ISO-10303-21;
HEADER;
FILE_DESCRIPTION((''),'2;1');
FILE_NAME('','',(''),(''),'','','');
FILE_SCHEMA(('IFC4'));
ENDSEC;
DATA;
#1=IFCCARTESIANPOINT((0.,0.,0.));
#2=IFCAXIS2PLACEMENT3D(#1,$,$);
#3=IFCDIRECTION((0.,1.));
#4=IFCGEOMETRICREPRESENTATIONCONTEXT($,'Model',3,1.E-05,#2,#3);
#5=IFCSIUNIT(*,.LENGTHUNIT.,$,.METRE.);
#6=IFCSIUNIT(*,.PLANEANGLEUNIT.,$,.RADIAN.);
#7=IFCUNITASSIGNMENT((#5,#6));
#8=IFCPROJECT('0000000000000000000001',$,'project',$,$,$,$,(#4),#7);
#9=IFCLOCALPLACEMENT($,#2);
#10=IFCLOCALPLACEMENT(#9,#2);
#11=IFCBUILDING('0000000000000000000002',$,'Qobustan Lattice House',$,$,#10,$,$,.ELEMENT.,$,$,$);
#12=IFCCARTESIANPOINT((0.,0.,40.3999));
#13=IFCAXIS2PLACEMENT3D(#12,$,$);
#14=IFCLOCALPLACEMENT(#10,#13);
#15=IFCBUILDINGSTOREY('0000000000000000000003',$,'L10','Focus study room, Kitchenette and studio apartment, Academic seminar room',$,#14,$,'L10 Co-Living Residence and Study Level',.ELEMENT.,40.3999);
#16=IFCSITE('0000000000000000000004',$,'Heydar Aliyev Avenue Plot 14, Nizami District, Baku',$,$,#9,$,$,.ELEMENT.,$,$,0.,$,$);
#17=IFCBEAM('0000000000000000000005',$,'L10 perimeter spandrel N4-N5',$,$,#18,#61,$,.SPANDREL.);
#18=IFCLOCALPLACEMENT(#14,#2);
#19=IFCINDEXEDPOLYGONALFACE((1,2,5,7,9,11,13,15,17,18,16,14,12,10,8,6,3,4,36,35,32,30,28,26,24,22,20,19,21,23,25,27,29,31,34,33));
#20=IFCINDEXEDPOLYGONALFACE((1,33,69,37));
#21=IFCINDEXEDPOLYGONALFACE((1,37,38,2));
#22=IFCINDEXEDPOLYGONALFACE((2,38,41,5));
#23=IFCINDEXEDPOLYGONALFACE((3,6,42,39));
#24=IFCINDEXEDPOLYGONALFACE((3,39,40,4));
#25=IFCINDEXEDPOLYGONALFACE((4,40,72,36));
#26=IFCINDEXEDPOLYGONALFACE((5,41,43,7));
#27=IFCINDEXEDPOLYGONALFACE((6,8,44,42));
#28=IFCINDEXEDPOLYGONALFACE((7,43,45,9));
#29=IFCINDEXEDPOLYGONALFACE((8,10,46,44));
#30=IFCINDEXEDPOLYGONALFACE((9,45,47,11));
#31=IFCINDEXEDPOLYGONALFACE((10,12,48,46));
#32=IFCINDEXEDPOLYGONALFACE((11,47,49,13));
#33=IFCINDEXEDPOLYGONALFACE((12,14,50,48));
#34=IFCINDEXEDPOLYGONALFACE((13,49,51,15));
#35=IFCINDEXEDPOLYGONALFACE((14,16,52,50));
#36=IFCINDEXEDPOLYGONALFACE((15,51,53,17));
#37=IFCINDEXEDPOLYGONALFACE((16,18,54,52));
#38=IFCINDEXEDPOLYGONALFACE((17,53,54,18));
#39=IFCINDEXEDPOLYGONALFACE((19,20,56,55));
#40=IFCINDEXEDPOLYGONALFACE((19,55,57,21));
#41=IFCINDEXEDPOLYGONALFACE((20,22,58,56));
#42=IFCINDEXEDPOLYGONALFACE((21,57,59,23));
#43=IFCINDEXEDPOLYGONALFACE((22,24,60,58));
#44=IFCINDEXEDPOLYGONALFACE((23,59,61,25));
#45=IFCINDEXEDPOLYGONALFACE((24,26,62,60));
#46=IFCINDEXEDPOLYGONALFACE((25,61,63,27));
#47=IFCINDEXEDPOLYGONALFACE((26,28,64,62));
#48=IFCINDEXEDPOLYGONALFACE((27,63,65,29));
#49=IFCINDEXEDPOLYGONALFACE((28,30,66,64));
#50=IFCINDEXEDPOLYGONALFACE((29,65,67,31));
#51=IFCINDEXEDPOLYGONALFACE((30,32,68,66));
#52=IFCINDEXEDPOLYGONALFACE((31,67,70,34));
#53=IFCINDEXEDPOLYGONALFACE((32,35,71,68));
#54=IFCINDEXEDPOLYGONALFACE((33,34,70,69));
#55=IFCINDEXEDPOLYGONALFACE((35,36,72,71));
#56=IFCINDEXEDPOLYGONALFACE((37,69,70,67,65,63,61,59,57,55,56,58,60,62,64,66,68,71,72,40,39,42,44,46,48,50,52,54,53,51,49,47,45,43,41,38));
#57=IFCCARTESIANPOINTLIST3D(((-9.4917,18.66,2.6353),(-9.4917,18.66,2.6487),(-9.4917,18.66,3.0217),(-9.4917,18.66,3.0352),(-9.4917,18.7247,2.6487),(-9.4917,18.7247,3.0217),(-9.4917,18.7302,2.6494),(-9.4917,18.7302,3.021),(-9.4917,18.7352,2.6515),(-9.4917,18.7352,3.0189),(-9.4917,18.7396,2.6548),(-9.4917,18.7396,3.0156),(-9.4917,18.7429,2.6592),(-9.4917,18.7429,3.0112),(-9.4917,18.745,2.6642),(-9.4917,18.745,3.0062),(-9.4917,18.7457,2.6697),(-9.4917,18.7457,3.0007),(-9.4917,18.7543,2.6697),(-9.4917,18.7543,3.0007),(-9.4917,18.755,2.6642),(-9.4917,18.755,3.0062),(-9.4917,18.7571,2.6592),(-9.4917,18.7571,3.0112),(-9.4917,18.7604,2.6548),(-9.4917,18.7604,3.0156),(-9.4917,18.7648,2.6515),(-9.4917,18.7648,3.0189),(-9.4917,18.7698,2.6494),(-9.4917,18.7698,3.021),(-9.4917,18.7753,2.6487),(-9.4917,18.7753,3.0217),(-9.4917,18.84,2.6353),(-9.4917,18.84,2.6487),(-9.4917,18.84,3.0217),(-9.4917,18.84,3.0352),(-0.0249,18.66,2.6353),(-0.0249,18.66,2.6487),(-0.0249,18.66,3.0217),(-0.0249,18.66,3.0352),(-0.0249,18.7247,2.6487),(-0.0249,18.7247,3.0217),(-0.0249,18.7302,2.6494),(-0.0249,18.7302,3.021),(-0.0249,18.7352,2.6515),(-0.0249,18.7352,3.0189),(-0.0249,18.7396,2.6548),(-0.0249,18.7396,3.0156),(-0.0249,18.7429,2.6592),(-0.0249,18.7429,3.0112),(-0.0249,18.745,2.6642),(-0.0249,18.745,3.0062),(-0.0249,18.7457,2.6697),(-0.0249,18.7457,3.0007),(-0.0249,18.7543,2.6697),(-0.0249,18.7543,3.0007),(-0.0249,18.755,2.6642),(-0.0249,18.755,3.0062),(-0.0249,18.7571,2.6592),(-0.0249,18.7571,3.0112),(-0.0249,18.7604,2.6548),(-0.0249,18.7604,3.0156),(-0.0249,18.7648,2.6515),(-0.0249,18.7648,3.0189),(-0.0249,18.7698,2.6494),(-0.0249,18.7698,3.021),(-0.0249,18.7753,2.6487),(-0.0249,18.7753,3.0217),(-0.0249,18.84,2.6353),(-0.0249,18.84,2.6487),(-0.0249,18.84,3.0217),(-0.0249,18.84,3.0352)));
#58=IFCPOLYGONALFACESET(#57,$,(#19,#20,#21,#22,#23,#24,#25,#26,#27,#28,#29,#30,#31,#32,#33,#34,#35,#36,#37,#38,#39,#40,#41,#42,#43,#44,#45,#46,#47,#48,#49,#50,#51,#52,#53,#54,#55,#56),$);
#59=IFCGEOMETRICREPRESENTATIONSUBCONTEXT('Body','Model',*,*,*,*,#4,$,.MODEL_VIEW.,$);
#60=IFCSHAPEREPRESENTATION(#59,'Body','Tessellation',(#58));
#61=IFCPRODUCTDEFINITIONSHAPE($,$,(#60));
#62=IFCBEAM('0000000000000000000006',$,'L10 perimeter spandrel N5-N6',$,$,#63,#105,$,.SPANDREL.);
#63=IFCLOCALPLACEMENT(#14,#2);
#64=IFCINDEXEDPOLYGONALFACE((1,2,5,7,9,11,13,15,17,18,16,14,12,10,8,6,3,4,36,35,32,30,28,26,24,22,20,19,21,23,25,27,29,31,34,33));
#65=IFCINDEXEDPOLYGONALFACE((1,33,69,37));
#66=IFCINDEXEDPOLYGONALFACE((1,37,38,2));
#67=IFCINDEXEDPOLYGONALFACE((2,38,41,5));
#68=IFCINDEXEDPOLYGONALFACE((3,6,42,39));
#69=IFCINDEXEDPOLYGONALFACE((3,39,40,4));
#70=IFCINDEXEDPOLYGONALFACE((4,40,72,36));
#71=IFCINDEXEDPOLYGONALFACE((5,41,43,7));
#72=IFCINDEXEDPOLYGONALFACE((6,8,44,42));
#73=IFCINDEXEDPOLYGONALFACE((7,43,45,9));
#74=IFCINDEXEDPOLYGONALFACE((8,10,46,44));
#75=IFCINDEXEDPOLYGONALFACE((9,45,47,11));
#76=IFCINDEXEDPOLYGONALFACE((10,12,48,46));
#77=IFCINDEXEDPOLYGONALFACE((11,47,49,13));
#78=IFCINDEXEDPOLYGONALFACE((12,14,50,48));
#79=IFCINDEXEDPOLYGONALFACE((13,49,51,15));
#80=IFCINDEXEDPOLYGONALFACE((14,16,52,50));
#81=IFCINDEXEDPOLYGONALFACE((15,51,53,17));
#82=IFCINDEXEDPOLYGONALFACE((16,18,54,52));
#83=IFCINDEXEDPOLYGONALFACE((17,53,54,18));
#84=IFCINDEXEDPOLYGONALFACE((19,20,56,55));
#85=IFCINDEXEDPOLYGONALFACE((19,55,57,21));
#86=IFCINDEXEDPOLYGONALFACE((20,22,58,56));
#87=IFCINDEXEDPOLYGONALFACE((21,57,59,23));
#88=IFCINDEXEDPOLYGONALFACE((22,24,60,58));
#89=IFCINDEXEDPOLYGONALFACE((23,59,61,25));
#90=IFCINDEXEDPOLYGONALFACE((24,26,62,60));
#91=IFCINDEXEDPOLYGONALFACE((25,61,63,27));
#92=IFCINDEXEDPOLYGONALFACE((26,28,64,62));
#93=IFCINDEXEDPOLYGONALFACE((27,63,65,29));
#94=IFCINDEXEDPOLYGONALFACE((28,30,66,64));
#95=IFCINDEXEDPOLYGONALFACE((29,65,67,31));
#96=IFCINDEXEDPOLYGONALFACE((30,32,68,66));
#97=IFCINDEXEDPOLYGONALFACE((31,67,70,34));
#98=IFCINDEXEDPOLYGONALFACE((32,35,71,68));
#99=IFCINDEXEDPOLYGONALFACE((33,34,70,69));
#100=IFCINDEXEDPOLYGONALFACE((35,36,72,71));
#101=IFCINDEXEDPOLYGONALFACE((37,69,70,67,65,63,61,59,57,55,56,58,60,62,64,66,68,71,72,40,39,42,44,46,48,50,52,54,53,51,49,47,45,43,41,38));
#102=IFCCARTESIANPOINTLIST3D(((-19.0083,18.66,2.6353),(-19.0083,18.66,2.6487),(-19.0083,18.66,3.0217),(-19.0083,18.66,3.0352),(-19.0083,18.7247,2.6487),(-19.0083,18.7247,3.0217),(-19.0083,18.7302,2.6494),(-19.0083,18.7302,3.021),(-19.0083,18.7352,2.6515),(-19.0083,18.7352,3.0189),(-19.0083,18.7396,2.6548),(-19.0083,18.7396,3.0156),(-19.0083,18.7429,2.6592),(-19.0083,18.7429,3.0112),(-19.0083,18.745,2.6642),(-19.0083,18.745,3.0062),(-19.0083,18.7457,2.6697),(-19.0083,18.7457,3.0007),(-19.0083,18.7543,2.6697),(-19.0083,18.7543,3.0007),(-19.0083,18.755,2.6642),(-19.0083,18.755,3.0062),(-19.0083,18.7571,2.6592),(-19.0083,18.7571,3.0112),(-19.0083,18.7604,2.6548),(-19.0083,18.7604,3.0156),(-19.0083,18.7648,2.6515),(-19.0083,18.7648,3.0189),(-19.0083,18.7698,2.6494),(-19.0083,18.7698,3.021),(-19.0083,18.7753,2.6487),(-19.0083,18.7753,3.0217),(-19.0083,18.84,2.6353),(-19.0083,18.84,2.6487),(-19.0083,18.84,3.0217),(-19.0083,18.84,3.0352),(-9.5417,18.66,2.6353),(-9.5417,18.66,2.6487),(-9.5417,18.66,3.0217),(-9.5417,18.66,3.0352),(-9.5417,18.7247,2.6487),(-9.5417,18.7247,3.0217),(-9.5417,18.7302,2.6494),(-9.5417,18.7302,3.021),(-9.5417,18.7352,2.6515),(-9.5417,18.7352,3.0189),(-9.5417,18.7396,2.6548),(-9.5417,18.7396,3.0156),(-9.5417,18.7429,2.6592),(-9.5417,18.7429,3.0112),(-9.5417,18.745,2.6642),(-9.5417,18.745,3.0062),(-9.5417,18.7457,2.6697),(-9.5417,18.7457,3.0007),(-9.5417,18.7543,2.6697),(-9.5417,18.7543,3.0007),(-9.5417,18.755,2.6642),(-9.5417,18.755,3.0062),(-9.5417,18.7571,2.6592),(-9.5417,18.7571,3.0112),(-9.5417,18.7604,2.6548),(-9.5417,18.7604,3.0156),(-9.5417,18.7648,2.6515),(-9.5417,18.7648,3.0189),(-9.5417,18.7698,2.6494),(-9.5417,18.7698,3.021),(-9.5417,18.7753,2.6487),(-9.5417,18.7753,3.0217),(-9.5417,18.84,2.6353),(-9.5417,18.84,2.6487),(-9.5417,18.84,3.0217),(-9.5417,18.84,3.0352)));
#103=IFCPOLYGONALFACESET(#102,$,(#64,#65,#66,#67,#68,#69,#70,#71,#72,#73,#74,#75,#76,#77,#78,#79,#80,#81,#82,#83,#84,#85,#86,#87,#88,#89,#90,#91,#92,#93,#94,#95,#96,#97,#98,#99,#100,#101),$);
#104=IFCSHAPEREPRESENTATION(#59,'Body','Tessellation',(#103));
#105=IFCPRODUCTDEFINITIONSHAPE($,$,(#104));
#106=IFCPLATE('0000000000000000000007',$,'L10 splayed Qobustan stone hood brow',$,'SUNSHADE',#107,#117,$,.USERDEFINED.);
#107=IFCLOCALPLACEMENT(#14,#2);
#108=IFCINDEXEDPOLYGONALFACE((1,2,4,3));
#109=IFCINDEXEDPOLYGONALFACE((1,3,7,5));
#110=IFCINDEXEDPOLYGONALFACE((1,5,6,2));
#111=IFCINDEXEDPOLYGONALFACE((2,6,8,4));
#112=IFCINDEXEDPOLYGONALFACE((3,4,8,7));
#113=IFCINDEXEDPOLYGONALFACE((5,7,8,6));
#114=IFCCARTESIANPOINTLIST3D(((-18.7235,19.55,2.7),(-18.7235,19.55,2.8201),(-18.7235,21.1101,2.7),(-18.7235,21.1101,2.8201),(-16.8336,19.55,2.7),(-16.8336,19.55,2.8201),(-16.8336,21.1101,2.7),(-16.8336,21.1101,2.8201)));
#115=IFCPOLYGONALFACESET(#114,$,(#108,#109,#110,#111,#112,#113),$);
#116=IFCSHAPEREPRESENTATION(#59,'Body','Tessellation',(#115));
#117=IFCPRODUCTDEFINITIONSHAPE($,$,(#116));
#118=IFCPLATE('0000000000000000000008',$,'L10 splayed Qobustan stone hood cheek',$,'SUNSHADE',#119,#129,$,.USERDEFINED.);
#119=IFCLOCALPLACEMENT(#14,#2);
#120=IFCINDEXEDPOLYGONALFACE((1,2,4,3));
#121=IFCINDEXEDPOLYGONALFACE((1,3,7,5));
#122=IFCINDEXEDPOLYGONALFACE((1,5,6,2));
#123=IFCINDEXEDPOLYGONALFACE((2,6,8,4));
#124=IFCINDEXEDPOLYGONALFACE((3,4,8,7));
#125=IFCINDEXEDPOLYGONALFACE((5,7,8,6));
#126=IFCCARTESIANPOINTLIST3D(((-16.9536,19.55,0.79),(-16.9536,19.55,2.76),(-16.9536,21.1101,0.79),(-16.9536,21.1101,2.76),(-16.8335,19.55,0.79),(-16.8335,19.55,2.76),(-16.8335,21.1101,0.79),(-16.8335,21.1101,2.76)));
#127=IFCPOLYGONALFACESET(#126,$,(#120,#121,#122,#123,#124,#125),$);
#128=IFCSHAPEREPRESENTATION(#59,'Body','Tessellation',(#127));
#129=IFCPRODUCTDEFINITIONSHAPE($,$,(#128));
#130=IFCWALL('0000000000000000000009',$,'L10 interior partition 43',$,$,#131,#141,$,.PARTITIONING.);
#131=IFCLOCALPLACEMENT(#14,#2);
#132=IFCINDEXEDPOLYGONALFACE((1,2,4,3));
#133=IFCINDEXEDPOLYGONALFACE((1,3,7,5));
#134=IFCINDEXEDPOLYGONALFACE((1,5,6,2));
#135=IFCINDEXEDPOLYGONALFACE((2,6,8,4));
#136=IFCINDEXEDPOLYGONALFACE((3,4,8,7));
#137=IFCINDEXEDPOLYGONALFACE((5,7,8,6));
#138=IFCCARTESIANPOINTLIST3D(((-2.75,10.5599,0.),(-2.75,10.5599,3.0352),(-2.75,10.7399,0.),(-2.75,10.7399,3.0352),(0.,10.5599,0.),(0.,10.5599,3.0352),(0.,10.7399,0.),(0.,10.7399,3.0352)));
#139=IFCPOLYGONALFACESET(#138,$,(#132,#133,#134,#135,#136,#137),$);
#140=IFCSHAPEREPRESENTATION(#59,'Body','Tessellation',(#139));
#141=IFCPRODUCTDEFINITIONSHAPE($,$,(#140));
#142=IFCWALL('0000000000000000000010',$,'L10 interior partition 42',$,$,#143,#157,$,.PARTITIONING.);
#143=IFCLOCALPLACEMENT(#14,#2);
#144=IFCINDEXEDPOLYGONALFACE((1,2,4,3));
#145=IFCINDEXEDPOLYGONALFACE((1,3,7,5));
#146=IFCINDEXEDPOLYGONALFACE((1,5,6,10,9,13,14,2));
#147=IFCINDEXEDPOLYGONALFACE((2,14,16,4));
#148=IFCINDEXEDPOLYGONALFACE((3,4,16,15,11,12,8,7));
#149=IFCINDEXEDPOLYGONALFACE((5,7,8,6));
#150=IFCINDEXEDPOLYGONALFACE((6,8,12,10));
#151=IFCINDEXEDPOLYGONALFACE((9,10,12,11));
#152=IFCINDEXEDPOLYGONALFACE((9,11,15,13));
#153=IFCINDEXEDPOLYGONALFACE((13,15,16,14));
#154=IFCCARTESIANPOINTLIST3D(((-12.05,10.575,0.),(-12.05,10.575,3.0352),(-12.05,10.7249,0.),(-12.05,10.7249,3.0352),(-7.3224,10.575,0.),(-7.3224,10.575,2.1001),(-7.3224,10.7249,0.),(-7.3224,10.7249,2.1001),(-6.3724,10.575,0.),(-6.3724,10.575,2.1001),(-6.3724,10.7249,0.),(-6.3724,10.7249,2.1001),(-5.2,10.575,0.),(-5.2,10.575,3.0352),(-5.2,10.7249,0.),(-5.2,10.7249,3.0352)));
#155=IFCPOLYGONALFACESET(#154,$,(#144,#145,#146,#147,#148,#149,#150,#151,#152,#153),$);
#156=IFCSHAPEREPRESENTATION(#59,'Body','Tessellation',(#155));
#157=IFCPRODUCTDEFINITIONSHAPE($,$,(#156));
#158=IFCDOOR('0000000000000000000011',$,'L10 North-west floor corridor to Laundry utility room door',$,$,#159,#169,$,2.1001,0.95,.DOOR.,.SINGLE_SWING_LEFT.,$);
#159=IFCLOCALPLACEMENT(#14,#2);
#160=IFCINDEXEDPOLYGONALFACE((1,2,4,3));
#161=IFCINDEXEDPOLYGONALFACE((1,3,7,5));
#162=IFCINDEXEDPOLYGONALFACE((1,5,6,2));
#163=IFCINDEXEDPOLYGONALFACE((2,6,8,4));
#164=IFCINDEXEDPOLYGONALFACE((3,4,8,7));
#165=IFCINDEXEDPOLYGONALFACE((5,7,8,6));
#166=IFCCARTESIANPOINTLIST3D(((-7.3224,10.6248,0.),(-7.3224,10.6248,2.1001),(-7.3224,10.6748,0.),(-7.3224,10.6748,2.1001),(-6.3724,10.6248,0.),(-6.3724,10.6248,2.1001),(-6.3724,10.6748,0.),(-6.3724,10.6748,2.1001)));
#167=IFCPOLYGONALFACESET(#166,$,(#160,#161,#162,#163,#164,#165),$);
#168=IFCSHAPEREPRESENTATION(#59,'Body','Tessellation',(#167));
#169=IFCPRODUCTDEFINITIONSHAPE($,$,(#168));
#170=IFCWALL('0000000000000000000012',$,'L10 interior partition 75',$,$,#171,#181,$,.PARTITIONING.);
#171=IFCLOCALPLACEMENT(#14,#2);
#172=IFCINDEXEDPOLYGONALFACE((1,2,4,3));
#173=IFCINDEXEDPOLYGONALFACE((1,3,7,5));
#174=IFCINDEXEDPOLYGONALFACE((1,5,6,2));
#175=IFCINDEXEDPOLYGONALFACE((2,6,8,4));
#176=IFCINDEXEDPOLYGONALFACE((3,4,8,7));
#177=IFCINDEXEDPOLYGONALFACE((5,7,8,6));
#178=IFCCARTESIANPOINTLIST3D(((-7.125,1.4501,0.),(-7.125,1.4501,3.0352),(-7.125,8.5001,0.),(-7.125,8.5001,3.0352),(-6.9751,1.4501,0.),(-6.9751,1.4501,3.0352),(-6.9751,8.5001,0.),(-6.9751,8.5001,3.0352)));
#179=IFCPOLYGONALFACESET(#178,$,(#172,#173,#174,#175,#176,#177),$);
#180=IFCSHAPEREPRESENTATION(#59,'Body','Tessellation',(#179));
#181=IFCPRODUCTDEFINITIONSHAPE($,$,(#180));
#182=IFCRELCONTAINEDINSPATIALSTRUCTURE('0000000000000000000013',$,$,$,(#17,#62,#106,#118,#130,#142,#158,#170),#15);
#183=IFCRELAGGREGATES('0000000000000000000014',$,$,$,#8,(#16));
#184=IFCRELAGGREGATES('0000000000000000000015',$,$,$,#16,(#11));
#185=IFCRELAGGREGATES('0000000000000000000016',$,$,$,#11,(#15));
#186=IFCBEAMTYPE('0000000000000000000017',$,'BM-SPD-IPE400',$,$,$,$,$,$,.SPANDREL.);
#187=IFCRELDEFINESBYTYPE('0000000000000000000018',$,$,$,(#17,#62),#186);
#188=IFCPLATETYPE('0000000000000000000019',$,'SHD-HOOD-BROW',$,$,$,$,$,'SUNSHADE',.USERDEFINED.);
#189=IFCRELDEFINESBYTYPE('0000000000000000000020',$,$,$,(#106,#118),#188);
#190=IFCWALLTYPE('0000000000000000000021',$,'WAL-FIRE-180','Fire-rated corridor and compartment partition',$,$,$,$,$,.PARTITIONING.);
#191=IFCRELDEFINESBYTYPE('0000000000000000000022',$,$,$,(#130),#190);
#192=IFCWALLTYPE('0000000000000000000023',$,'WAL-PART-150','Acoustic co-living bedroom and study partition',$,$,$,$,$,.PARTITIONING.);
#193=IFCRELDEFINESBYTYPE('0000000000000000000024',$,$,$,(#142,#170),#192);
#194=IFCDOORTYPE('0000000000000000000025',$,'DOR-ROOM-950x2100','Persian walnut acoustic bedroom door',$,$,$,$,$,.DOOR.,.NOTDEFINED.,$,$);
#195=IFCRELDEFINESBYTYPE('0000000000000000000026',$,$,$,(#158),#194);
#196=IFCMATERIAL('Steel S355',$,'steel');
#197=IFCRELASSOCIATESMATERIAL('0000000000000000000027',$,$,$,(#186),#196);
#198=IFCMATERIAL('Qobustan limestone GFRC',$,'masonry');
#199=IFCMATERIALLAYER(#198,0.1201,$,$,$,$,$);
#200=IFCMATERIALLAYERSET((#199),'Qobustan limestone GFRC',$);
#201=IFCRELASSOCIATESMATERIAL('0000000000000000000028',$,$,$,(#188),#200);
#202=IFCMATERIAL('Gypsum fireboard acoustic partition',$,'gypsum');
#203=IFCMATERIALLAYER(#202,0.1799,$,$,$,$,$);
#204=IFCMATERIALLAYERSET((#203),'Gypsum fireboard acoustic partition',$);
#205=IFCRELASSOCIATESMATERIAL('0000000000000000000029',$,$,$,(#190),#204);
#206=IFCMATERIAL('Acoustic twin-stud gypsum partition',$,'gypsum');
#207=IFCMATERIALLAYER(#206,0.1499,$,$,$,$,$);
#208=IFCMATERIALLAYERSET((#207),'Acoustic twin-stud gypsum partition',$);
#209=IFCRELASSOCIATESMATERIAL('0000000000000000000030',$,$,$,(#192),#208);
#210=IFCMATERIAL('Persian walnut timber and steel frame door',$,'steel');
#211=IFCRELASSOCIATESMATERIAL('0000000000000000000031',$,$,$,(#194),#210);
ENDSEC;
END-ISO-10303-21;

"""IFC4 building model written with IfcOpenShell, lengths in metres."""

from ifc_helpers import new_model, si_unit, direction, frame, frame_2d, origin, origin_2d, place, context, subcontext, project, spatial, rectangle, i_section, extrude, material, layer, layer_set, material_profile, profile_set, type_object, element, fill, save


model = new_model("IFC4")

# Units and contexts
model_context = context("Model", 3, precision=1e-05, world=origin(), true_north=direction((0.0, 1.0)))
body_context = subcontext(model_context, "Body", "Model", "MODEL_VIEW")
ifc_project = project(units=[si_unit("LENGTHUNIT", "METRE"), si_unit("PLANEANGLEUNIT", "RADIAN")], contexts=[model_context])

# Site, building, storey
site_placement = place(None, origin())
site = spatial("IfcSite", under=ifc_project, at=site_placement, Name="Heydar Aliyev Avenue Plot 14, Nizami District, Baku", CompositionType="ELEMENT", RefElevation=0.0)
building_placement = place(site_placement, origin())
building = spatial("IfcBuilding", under=site, at=building_placement, Name="Qobustan Lattice House", CompositionType="ELEMENT")
storey_placement = place(building_placement, frame((0.0, 0.0, 40.3999)))
storey = spatial("IfcBuildingStorey", under=building, at=storey_placement, Name="L10", Description="Focus study room, Kitchenette and studio apartment, Academic seminar room", LongName="L10 Co-Living Residence and Study Level", CompositionType="ELEMENT", Elevation=40.3999)

# Beams
ifc_material_1 = material(Name="Steel S355", Category="steel")
ifc_material_profile_1 = material_profile(ifc_material_1, i_section(OverallWidth=0.1799, OverallDepth=0.3999, WebThickness=0.0085, FlangeThickness=0.0134, FilletRadius=0.021, at=origin_2d()), Name="IPE400")
ifc_profile_set_1 = profile_set([ifc_material_profile_1], Name="Steel S355")
beam_type_1 = type_object("IfcBeamType", Name="BM-SPD-IPE400", PredefinedType="SPANDREL", material=ifc_profile_set_1)
beam_1_placement = place(storey_placement, frame((-0.0249, 18.75, 2.8352), z_axis=(-1.0, 0.0, 0.0), x_axis=(0.0, -1.0, 0.0)))
element("IfcBeam", 1, at=beam_1_placement, inside=storey, type_object=beam_type_1, Name="L10 perimeter spandrel N4-N5", PredefinedType="SPANDREL", context=body_context, shape_type="SweptSolid", body=[
    extrude(i_section(OverallWidth=0.1799, OverallDepth=0.3999, WebThickness=0.0085, FlangeThickness=0.0134, FilletRadius=0.021, at=origin_2d()), origin(), (0.0, 0.0, 1.0), 9.4668),
])
beam_2_placement = place(storey_placement, frame((-9.5417, 18.75, 2.8352), z_axis=(-1.0, 0.0, 0.0), x_axis=(0.0, -1.0, 0.0)))
element("IfcBeam", 2, at=beam_2_placement, inside=storey, type_object=beam_type_1, Name="L10 perimeter spandrel N5-N6", PredefinedType="SPANDREL", context=body_context, shape_type="SweptSolid", body=[
    extrude(i_section(OverallWidth=0.1799, OverallDepth=0.3999, WebThickness=0.0085, FlangeThickness=0.0134, FilletRadius=0.021, at=origin_2d()), origin(), (0.0, 0.0, 1.0), 9.4666),
])

# Plates
ifc_material_2 = material(Name="Qobustan limestone GFRC", Category="masonry")
ifc_layer_1 = layer(ifc_material_2, 0.1201)
ifc_layer_set_1 = layer_set([ifc_layer_1], Name="Qobustan limestone GFRC")
plate_type = type_object("IfcPlateType", Name="SHD-HOOD-BROW", ElementType="SUNSHADE", PredefinedType="USERDEFINED", material=ifc_layer_set_1)
plate_1_placement = place(storey_placement, frame((-17.7786, 20.3301, 2.7), z_axis=(0.0, 0.0, 1.0), x_axis=(1.0, 0.0, 0.0)))
element("IfcPlate", 3, at=plate_1_placement, inside=storey, type_object=plate_type, Name="L10 splayed Qobustan stone hood brow", ObjectType="SUNSHADE", PredefinedType="USERDEFINED", context=body_context, shape_type="SweptSolid", body=[
    extrude(rectangle(XDim=1.8899, YDim=1.5601, at=origin_2d()), origin(), (0.0, 0.0, 1.0), 0.1201),
])
plate_2_placement = place(storey_placement, frame((-16.8936, 20.3301, 0.79), z_axis=(0.0, 0.0, 1.0), x_axis=(1.0, 0.0, 0.0)))
element("IfcPlate", 4, at=plate_2_placement, inside=storey, type_object=plate_type, Name="L10 splayed Qobustan stone hood cheek", ObjectType="SUNSHADE", PredefinedType="USERDEFINED", context=body_context, shape_type="SweptSolid", body=[
    extrude(rectangle(XDim=0.1201, YDim=1.5601, at=origin_2d()), origin(), (0.0, 0.0, 1.0), 1.97),
])

# Wall
ifc_material_3 = material(Name="Gypsum fireboard acoustic partition", Category="gypsum")
ifc_layer_2 = layer(ifc_material_3, 0.1799)
ifc_layer_set_2 = layer_set([ifc_layer_2], Name="Gypsum fireboard acoustic partition")
wall_type_1 = type_object("IfcWallType", Name="WAL-FIRE-180", Description="Fire-rated corridor and compartment partition", PredefinedType="PARTITIONING", material=ifc_layer_set_2)
wall_1_placement = place(storey_placement, frame((-2.75, 10.6499, 0.0), z_axis=(0.0, 0.0, 1.0), x_axis=(1.0, 0.0, 0.0)))
element("IfcWall", 5, at=wall_1_placement, inside=storey, type_object=wall_type_1, Name="L10 interior partition 43", PredefinedType="PARTITIONING", context=body_context, shape_type="SweptSolid", body=[
    extrude(rectangle(XDim=2.75, YDim=0.1799, at=frame_2d((1.375, 0.0))), origin(), (0.0, 0.0, 1.0), 3.0352),
])

# Wall, opening, door
ifc_material_4 = material(Name="Acoustic twin-stud gypsum partition", Category="gypsum")
ifc_layer_3 = layer(ifc_material_4, 0.1499)
ifc_layer_set_3 = layer_set([ifc_layer_3], Name="Acoustic twin-stud gypsum partition")
wall_type_2 = type_object("IfcWallType", Name="WAL-PART-150", Description="Acoustic co-living bedroom and study partition", PredefinedType="PARTITIONING", material=ifc_layer_set_3)
wall_2_placement = place(storey_placement, frame((-12.05, 10.6499, 0.0), z_axis=(0.0, 0.0, 1.0), x_axis=(1.0, 0.0, 0.0)))
wall_2 = element("IfcWall", 6, at=wall_2_placement, inside=storey, type_object=wall_type_2, Name="L10 interior partition 42", PredefinedType="PARTITIONING", context=body_context, shape_type="SweptSolid", body=[
    extrude(rectangle(XDim=6.8501, YDim=0.1499, at=frame_2d((3.425, 0.0))), origin(), (0.0, 0.0, 1.0), 3.0352),
])
opening_1_placement = place(wall_2_placement, frame((4.7275, 0.0, 0.0)))
opening_1 = element("IfcOpeningElement", 7, at=opening_1_placement, cuts=wall_2, PredefinedType="OPENING", context=body_context, shape_type="SweptSolid", body=[
    extrude(rectangle(XDim=0.95, YDim=2.1001, at=frame_2d((0.4751, 1.05))), frame((0.0, 0.085, 0.0), z_axis=(0.0, -1.0, 0.0), x_axis=(1.0, 0.0, 0.0)), (0.0, 0.0, 1.0), 0.1699),
])
ifc_material_5 = material(Name="Persian walnut timber and steel frame door", Category="steel")
door_type_1 = type_object("IfcDoorType", Name="DOR-ROOM-950x2100", Description="Persian walnut acoustic bedroom door", OperationType="NOTDEFINED", PredefinedType="DOOR", material=ifc_material_5)
door_1_placement = place(opening_1_placement, origin())
door_1 = element("IfcDoor", 8, at=door_1_placement, inside=storey, type_object=door_type_1, Name="L10 North-west floor corridor to Laundry utility room door", OperationType="SINGLE_SWING_LEFT", OverallHeight=2.1001, OverallWidth=0.95, PredefinedType="DOOR", context=body_context, shape_type="SweptSolid", body=[
    extrude(rectangle(XDim=0.95, YDim=2.1001, at=frame_2d((0.4751, 1.05))), frame((0.0, 0.0249, 0.0), z_axis=(0.0, -1.0, 0.0), x_axis=(1.0, 0.0, 0.0)), (0.0, 0.0, 1.0), 0.05),
])
fill(opening_1, door_1)

# Wall
wall_3_placement = place(storey_placement, frame((-7.05, 8.5, 0.0), z_axis=(0.0, 0.0, 1.0), x_axis=(0.0, -1.0, 0.0)))
element("IfcWall", 9, at=wall_3_placement, inside=storey, type_object=wall_type_2, Name="L10 interior partition 75", PredefinedType="PARTITIONING", context=body_context, shape_type="SweptSolid", body=[
    extrude(rectangle(XDim=7.05, YDim=0.1499, at=frame_2d((3.5249, 0.0))), origin(), (0.0, 0.0, 1.0), 3.0352),
])

save(model, "model.ifc")
